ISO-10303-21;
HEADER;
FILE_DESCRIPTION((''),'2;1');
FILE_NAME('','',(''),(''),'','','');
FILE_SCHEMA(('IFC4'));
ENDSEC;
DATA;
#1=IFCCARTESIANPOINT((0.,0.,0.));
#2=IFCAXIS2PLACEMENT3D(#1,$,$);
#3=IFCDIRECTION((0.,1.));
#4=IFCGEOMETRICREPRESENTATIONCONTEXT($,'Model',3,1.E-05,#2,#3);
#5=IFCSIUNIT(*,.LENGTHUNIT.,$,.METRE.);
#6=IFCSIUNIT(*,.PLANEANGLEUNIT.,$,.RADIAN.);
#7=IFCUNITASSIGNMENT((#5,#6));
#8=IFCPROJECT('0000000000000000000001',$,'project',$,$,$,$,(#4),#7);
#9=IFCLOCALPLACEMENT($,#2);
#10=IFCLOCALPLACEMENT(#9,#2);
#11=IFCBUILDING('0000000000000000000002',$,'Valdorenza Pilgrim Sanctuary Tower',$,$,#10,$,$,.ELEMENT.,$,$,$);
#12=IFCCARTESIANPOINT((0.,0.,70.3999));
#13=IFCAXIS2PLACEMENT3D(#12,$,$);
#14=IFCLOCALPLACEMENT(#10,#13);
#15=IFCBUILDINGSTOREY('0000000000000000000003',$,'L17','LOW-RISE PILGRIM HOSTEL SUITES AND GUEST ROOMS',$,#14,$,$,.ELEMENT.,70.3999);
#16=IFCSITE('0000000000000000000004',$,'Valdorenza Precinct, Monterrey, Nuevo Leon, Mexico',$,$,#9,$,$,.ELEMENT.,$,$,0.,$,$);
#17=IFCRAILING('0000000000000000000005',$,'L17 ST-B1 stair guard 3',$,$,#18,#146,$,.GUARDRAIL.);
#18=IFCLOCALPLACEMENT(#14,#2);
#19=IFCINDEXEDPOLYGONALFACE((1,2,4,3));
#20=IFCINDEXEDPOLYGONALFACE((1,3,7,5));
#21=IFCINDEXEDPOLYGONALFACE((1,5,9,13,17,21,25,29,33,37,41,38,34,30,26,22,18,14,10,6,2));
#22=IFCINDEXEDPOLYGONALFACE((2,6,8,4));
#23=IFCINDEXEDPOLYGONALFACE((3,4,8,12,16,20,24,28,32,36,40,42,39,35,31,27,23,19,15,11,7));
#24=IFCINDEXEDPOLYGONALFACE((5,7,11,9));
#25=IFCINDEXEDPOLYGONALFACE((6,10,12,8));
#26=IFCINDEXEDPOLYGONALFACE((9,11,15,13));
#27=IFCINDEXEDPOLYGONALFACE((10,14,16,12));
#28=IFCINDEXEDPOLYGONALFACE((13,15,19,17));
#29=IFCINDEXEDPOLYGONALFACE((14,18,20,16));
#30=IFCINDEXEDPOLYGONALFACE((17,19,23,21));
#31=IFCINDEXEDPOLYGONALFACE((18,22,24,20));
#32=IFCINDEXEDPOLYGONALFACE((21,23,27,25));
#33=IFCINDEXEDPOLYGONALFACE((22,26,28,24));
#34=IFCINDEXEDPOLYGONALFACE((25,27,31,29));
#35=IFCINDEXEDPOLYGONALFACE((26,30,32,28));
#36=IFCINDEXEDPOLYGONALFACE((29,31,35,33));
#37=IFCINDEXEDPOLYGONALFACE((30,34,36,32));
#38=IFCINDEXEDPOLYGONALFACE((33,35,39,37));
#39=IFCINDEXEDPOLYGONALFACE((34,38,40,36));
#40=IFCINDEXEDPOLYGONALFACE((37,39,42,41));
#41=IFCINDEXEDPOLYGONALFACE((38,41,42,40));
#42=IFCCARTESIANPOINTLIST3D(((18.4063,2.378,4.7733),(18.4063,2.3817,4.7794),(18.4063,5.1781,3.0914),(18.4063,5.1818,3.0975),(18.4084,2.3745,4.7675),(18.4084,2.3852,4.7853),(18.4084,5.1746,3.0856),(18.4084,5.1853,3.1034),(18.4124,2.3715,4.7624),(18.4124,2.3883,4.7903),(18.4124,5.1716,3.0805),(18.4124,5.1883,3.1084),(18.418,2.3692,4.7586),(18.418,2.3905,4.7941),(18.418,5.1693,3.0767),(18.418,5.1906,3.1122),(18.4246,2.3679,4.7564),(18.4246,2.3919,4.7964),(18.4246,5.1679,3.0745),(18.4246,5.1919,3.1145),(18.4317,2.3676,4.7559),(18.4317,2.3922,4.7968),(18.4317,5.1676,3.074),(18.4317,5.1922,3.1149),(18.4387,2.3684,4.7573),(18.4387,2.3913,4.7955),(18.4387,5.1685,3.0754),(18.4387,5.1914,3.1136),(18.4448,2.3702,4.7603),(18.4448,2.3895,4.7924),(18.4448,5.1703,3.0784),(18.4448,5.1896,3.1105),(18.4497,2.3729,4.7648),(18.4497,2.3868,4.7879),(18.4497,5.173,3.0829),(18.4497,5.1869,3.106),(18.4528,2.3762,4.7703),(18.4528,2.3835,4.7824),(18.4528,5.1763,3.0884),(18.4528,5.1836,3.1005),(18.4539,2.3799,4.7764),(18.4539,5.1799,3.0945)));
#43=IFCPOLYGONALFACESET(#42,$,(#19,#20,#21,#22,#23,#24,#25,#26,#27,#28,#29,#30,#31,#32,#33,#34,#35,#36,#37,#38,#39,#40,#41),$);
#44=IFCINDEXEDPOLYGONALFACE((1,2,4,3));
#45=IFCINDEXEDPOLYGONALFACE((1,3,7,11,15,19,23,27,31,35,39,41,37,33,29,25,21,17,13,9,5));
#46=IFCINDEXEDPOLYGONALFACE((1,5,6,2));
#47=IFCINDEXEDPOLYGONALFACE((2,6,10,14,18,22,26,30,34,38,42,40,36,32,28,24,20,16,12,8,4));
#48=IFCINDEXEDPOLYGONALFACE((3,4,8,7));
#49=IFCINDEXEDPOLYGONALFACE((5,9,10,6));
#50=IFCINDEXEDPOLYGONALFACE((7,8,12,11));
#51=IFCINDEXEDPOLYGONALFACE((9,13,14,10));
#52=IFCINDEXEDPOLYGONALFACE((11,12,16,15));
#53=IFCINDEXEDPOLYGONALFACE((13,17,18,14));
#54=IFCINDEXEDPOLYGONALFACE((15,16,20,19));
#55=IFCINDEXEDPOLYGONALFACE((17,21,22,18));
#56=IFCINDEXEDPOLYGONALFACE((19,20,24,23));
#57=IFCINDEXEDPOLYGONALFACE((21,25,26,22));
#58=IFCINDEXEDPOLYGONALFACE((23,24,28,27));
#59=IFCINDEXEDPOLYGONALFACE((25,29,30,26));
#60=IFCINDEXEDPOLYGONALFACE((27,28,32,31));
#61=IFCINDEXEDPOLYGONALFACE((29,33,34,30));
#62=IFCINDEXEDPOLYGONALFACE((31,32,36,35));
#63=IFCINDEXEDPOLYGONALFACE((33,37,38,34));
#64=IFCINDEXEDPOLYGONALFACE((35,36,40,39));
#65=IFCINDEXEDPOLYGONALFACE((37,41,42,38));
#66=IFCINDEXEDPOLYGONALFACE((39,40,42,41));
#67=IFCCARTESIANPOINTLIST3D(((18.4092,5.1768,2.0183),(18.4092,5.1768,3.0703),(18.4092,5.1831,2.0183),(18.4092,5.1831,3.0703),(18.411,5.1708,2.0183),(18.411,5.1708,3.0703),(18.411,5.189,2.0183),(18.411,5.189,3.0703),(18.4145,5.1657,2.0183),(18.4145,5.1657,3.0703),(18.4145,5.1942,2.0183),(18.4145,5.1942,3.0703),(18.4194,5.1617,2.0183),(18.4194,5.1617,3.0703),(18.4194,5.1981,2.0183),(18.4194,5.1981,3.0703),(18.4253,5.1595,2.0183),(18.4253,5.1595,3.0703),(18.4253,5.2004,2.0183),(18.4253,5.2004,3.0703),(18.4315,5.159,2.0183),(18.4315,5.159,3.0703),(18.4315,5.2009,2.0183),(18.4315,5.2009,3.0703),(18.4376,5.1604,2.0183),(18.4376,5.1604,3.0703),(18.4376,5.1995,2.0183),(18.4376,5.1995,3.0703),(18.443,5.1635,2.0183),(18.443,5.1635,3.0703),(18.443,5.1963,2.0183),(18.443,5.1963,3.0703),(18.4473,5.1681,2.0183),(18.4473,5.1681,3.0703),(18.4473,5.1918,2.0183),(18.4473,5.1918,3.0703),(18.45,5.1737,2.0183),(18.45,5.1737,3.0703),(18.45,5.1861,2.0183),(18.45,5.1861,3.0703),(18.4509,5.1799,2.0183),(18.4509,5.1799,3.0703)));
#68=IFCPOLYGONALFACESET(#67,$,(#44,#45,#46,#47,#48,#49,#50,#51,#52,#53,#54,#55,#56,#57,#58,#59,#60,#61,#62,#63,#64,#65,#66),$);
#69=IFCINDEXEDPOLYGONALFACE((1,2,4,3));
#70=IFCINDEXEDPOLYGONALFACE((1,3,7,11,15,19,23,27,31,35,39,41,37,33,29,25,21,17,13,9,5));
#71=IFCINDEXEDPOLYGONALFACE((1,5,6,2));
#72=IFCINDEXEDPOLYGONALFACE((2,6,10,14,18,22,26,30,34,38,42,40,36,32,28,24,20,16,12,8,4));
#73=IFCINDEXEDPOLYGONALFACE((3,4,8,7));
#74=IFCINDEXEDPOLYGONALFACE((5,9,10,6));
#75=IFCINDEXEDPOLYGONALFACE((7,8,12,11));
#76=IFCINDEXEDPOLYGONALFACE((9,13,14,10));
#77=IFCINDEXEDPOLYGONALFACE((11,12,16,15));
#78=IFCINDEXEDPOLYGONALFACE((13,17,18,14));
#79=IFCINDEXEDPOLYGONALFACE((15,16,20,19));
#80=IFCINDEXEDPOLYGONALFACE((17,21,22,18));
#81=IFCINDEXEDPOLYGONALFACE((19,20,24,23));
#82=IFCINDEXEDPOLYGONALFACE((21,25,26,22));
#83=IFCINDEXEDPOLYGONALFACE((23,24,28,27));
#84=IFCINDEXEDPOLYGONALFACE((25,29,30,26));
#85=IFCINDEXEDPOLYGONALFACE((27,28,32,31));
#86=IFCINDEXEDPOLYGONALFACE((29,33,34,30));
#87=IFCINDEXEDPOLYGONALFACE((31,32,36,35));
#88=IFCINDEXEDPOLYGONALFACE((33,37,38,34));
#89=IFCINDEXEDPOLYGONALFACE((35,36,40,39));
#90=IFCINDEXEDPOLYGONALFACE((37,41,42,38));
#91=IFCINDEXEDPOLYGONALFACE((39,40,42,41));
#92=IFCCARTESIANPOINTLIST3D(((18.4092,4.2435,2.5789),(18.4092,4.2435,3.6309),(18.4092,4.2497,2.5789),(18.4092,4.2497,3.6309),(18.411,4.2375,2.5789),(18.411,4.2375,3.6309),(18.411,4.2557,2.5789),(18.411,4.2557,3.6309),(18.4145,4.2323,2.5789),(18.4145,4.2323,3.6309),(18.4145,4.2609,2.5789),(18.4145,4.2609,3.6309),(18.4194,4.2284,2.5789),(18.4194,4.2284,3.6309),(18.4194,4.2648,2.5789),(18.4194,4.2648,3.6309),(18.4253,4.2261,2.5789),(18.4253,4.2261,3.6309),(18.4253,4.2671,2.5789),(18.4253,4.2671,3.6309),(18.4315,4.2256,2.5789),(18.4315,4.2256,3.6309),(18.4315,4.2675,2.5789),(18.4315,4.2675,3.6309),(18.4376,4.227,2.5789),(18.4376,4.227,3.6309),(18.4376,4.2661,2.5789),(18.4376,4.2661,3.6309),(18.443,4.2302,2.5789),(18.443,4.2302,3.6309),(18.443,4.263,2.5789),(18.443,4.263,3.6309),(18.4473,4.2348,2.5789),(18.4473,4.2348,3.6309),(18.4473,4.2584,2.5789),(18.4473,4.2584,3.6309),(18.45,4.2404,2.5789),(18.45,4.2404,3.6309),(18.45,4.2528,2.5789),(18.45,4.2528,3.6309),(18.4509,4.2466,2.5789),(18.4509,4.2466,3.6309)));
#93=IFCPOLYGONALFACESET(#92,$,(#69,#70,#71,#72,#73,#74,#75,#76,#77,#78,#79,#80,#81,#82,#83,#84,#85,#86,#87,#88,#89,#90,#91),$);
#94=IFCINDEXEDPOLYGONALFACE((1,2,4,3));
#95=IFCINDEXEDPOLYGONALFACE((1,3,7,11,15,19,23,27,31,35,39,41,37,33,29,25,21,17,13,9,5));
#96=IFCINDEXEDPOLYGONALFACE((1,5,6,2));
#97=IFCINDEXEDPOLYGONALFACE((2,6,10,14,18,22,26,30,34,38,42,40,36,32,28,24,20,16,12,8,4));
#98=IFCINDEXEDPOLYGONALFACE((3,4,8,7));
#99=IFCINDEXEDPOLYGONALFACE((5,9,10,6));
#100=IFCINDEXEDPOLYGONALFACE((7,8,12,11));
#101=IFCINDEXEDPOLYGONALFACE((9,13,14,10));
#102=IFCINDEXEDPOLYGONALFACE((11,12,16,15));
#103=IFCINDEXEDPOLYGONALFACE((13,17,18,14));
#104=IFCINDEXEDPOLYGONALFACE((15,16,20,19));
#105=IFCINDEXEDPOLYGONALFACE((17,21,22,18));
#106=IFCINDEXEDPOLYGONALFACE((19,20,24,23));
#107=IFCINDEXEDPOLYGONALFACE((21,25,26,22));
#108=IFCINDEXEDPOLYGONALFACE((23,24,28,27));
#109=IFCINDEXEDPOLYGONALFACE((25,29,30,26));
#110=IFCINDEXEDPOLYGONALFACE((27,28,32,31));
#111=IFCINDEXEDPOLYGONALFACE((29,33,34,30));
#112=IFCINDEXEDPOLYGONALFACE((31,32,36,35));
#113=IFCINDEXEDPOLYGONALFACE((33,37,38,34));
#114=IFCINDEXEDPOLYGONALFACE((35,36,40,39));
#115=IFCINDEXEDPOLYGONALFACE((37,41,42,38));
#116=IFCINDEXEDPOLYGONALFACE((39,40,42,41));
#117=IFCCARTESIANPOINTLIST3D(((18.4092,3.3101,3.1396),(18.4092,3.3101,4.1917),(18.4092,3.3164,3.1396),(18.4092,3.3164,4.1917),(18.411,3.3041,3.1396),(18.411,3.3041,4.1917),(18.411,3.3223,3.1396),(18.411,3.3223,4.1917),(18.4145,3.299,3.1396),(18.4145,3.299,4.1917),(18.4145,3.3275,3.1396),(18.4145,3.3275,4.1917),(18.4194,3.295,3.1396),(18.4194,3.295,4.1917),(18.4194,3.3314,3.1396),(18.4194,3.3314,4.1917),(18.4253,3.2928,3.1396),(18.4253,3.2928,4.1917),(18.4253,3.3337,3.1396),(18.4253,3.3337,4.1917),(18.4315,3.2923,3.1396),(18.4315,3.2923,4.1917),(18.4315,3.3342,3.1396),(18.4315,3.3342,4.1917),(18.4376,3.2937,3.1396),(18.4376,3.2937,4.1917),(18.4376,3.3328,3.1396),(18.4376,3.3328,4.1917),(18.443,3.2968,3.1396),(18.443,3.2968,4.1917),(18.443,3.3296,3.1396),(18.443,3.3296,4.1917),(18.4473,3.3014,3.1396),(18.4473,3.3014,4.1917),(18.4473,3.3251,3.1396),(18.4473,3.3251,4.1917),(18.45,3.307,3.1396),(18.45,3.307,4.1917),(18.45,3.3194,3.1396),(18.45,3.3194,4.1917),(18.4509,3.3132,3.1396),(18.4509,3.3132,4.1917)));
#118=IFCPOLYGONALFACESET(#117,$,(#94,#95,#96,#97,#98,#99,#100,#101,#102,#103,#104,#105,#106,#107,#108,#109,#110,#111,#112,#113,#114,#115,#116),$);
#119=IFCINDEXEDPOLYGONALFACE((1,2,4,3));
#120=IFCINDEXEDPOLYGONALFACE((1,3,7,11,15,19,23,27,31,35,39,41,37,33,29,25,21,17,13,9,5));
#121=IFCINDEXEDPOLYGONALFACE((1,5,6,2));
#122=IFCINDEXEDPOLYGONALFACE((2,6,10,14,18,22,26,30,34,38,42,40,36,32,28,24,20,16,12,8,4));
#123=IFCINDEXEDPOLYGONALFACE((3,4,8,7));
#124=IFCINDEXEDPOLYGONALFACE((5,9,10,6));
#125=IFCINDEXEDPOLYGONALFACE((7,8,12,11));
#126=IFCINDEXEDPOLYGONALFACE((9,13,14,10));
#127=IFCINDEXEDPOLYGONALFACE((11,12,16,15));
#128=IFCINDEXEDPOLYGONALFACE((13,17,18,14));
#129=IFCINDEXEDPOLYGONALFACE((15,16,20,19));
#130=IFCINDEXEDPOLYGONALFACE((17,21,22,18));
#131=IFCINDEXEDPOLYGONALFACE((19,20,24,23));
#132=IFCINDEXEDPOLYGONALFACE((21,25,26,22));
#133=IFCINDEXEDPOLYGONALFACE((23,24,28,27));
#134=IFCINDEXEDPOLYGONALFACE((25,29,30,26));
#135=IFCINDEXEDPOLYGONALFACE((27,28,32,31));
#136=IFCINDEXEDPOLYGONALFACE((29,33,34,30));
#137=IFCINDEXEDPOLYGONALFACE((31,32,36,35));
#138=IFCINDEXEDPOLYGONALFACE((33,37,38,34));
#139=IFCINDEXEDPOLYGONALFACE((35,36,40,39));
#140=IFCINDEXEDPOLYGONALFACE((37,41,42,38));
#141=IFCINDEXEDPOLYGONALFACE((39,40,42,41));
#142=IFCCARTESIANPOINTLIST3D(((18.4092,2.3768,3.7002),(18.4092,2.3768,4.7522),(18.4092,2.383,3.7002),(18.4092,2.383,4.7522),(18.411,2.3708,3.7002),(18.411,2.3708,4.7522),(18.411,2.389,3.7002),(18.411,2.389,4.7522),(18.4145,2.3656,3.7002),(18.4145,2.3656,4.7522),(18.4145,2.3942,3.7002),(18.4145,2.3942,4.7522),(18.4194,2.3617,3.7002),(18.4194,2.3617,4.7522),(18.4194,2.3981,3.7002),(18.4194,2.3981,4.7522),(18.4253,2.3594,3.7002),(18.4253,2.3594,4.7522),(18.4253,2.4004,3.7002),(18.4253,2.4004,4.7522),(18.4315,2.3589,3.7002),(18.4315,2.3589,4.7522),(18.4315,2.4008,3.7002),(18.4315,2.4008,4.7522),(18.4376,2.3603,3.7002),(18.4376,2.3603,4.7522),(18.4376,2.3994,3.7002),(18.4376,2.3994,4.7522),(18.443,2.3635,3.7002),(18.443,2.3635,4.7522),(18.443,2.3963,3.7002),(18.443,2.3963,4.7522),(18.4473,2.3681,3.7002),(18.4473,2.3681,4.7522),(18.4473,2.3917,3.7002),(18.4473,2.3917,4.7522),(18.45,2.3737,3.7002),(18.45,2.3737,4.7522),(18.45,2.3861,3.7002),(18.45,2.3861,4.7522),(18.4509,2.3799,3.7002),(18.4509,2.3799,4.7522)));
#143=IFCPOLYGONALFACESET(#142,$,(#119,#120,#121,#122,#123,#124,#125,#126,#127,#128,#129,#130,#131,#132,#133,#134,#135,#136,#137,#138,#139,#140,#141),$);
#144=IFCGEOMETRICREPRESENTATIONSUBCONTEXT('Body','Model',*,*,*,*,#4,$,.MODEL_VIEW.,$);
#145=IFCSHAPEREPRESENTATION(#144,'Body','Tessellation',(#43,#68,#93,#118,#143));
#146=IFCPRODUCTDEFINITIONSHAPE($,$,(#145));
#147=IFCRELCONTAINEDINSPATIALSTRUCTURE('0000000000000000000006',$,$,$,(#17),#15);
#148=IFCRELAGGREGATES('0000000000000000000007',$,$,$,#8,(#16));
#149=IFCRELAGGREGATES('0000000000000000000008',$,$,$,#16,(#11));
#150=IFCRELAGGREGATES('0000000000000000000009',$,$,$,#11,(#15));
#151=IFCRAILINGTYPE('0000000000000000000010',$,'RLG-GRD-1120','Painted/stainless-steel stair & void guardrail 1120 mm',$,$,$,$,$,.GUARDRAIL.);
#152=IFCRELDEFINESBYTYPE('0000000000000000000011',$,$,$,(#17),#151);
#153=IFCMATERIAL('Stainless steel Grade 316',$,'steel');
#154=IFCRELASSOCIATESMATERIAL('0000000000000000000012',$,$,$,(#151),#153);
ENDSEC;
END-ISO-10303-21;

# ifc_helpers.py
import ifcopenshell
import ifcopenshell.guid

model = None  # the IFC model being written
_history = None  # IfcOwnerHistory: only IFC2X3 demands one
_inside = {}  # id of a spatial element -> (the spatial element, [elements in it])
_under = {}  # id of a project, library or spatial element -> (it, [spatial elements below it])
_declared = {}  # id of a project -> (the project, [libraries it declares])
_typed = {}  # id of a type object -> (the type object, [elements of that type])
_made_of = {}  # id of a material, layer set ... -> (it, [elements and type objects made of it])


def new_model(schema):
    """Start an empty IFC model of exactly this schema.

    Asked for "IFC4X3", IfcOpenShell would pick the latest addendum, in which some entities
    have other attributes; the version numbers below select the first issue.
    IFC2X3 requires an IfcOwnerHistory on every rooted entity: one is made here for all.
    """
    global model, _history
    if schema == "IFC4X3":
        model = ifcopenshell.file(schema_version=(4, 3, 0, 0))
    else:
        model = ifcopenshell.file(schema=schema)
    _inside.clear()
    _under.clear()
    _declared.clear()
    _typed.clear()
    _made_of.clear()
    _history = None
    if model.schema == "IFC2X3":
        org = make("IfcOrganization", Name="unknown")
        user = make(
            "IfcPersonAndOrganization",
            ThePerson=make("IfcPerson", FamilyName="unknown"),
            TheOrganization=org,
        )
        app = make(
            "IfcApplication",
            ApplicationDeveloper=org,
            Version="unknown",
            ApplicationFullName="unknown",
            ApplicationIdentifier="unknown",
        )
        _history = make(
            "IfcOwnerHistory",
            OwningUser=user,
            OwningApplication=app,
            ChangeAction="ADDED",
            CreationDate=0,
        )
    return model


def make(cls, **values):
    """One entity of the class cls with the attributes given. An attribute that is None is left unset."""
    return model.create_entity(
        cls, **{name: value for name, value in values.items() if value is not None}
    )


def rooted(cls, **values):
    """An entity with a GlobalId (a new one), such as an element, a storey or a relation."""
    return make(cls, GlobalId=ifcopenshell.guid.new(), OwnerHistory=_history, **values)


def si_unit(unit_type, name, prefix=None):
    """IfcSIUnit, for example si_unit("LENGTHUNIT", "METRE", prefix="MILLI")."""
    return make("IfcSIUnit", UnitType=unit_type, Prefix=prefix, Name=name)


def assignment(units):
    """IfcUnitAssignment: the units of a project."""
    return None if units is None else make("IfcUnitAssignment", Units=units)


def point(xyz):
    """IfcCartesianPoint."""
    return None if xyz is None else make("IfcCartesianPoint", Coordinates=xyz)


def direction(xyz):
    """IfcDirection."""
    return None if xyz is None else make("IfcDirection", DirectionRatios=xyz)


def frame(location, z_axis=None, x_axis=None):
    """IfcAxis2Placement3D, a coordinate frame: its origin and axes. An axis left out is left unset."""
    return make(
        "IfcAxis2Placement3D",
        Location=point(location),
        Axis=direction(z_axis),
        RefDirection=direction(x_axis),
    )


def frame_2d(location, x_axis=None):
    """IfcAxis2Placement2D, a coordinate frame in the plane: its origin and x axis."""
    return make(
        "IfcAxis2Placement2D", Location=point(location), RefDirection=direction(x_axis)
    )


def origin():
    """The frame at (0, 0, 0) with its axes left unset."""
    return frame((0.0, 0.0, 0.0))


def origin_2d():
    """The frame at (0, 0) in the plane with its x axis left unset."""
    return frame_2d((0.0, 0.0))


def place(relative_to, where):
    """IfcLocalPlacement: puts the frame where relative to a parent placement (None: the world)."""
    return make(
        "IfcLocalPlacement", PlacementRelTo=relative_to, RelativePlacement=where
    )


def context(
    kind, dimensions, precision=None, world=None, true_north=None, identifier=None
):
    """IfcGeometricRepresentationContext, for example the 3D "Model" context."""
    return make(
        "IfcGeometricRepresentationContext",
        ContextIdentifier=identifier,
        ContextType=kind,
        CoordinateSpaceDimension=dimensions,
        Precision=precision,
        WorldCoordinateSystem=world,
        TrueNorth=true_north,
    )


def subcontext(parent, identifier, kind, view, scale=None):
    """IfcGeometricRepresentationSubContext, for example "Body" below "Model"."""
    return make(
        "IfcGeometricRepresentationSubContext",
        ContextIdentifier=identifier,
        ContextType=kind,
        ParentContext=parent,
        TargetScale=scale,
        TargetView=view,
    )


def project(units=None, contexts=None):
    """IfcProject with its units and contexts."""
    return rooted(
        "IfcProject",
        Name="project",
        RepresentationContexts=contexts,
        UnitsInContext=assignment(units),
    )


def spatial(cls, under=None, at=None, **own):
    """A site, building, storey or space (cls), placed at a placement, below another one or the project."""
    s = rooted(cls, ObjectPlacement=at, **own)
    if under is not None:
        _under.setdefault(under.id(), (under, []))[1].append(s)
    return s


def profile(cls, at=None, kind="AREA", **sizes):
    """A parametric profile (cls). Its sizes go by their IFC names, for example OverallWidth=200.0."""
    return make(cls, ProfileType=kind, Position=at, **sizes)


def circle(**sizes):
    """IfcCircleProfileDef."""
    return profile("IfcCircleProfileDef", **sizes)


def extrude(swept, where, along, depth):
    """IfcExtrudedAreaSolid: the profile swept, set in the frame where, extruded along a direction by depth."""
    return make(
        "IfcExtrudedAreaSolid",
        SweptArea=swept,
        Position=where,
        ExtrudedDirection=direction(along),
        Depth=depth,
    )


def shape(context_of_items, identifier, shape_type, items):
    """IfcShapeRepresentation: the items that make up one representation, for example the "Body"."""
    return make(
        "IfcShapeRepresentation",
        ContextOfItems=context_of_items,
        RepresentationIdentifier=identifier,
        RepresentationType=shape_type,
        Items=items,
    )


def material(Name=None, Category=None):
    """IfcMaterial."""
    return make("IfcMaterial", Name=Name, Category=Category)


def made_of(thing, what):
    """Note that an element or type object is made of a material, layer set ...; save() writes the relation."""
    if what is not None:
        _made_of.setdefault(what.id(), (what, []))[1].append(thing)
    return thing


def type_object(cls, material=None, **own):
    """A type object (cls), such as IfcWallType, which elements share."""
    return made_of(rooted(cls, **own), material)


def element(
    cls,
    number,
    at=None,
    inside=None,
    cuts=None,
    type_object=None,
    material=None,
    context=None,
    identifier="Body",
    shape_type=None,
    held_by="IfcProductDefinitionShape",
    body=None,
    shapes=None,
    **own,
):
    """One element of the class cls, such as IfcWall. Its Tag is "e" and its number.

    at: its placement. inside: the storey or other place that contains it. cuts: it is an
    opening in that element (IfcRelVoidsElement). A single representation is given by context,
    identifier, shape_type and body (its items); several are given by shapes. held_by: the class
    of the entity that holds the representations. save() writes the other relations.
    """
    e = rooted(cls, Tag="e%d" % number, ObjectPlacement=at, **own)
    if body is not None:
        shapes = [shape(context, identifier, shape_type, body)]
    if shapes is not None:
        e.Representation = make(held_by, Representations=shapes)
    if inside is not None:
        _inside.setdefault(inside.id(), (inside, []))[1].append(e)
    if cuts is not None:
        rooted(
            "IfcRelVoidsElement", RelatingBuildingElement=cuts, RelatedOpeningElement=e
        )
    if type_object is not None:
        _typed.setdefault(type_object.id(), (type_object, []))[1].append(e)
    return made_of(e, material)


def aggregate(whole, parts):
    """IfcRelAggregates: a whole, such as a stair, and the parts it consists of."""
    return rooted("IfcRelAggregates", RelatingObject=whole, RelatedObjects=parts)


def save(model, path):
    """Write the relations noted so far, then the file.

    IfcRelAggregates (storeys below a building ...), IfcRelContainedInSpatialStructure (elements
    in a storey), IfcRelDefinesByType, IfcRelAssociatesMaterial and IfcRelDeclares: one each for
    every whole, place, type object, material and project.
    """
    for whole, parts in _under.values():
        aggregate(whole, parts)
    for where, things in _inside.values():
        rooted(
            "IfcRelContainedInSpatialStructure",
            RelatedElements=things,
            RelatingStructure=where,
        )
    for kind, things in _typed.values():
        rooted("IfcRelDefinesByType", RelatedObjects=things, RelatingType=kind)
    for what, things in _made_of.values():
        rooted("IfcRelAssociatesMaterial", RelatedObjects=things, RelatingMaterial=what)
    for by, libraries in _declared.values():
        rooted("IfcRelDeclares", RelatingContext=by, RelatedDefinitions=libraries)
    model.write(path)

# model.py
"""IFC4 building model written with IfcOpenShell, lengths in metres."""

from ifc_helpers import new_model, si_unit, direction, frame, origin, origin_2d, place, context, subcontext, project, spatial, circle, extrude, material, type_object, element, save


model = new_model("IFC4")

# Units and contexts
model_context = context("Model", 3, precision=1e-05, world=origin(), true_north=direction((0.0, 1.0)))
body_context = subcontext(model_context, "Body", "Model", "MODEL_VIEW")
ifc_project = project(units=[si_unit("LENGTHUNIT", "METRE"), si_unit("PLANEANGLEUNIT", "RADIAN")], contexts=[model_context])

# Site, building, storey
site_placement = place(None, origin())
site = spatial("IfcSite", under=ifc_project, at=site_placement, Name="Valdorenza Precinct, Monterrey, Nuevo Leon, Mexico", CompositionType="ELEMENT", RefElevation=0.0)
building_placement = place(site_placement, origin())
building = spatial("IfcBuilding", under=site, at=building_placement, Name="Valdorenza Pilgrim Sanctuary Tower", CompositionType="ELEMENT")
storey_placement = place(building_placement, frame((0.0, 0.0, 70.3999)))
storey = spatial("IfcBuildingStorey", under=building, at=storey_placement, Name="L17", Description="LOW-RISE PILGRIM HOSTEL SUITES AND GUEST ROOMS", CompositionType="ELEMENT", Elevation=70.3999)

# Railing
ifc_material_1 = material(Name="Stainless steel Grade 316", Category="steel")
railing_type_1 = type_object("IfcRailingType", Name="RLG-GRD-1120", Description="Painted/stainless-steel stair & void guardrail 1120 mm", PredefinedType="GUARDRAIL", material=ifc_material_1)
railing_1_placement = place(storey_placement, frame((18.4299, 5.1799, 2.0183)))
element("IfcRailing", 1, at=railing_1_placement, inside=storey, type_object=railing_type_1, Name="L17 ST-B1 stair guard 3", PredefinedType="GUARDRAIL", context=body_context, shape_type="SweptSolid", body=[
    extrude(circle(Radius=0.0239, at=origin_2d()), frame((0.0, 0.0, 1.0762), z_axis=(0.0, -0.857242, 0.514913), x_axis=(1.0, 0.0, 0.0)), (0.0, 0.0, 1.0), 3.2664),
    extrude(circle(Radius=0.021, at=origin_2d()), origin(), (0.0, 0.0, 1.0), 1.052),
    extrude(circle(Radius=0.021, at=origin_2d()), frame((0.0, -0.9333, 0.5605)), (0.0, 0.0, 1.0), 1.052),
    extrude(circle(Radius=0.021, at=origin_2d()), frame((0.0, -1.8667, 1.1213)), (0.0, 0.0, 1.0), 1.052),
    extrude(circle(Radius=0.021, at=origin_2d()), frame((0.0, -2.8, 1.6819)), (0.0, 0.0, 1.0), 1.052),
])

save(model, "model.ifc")
